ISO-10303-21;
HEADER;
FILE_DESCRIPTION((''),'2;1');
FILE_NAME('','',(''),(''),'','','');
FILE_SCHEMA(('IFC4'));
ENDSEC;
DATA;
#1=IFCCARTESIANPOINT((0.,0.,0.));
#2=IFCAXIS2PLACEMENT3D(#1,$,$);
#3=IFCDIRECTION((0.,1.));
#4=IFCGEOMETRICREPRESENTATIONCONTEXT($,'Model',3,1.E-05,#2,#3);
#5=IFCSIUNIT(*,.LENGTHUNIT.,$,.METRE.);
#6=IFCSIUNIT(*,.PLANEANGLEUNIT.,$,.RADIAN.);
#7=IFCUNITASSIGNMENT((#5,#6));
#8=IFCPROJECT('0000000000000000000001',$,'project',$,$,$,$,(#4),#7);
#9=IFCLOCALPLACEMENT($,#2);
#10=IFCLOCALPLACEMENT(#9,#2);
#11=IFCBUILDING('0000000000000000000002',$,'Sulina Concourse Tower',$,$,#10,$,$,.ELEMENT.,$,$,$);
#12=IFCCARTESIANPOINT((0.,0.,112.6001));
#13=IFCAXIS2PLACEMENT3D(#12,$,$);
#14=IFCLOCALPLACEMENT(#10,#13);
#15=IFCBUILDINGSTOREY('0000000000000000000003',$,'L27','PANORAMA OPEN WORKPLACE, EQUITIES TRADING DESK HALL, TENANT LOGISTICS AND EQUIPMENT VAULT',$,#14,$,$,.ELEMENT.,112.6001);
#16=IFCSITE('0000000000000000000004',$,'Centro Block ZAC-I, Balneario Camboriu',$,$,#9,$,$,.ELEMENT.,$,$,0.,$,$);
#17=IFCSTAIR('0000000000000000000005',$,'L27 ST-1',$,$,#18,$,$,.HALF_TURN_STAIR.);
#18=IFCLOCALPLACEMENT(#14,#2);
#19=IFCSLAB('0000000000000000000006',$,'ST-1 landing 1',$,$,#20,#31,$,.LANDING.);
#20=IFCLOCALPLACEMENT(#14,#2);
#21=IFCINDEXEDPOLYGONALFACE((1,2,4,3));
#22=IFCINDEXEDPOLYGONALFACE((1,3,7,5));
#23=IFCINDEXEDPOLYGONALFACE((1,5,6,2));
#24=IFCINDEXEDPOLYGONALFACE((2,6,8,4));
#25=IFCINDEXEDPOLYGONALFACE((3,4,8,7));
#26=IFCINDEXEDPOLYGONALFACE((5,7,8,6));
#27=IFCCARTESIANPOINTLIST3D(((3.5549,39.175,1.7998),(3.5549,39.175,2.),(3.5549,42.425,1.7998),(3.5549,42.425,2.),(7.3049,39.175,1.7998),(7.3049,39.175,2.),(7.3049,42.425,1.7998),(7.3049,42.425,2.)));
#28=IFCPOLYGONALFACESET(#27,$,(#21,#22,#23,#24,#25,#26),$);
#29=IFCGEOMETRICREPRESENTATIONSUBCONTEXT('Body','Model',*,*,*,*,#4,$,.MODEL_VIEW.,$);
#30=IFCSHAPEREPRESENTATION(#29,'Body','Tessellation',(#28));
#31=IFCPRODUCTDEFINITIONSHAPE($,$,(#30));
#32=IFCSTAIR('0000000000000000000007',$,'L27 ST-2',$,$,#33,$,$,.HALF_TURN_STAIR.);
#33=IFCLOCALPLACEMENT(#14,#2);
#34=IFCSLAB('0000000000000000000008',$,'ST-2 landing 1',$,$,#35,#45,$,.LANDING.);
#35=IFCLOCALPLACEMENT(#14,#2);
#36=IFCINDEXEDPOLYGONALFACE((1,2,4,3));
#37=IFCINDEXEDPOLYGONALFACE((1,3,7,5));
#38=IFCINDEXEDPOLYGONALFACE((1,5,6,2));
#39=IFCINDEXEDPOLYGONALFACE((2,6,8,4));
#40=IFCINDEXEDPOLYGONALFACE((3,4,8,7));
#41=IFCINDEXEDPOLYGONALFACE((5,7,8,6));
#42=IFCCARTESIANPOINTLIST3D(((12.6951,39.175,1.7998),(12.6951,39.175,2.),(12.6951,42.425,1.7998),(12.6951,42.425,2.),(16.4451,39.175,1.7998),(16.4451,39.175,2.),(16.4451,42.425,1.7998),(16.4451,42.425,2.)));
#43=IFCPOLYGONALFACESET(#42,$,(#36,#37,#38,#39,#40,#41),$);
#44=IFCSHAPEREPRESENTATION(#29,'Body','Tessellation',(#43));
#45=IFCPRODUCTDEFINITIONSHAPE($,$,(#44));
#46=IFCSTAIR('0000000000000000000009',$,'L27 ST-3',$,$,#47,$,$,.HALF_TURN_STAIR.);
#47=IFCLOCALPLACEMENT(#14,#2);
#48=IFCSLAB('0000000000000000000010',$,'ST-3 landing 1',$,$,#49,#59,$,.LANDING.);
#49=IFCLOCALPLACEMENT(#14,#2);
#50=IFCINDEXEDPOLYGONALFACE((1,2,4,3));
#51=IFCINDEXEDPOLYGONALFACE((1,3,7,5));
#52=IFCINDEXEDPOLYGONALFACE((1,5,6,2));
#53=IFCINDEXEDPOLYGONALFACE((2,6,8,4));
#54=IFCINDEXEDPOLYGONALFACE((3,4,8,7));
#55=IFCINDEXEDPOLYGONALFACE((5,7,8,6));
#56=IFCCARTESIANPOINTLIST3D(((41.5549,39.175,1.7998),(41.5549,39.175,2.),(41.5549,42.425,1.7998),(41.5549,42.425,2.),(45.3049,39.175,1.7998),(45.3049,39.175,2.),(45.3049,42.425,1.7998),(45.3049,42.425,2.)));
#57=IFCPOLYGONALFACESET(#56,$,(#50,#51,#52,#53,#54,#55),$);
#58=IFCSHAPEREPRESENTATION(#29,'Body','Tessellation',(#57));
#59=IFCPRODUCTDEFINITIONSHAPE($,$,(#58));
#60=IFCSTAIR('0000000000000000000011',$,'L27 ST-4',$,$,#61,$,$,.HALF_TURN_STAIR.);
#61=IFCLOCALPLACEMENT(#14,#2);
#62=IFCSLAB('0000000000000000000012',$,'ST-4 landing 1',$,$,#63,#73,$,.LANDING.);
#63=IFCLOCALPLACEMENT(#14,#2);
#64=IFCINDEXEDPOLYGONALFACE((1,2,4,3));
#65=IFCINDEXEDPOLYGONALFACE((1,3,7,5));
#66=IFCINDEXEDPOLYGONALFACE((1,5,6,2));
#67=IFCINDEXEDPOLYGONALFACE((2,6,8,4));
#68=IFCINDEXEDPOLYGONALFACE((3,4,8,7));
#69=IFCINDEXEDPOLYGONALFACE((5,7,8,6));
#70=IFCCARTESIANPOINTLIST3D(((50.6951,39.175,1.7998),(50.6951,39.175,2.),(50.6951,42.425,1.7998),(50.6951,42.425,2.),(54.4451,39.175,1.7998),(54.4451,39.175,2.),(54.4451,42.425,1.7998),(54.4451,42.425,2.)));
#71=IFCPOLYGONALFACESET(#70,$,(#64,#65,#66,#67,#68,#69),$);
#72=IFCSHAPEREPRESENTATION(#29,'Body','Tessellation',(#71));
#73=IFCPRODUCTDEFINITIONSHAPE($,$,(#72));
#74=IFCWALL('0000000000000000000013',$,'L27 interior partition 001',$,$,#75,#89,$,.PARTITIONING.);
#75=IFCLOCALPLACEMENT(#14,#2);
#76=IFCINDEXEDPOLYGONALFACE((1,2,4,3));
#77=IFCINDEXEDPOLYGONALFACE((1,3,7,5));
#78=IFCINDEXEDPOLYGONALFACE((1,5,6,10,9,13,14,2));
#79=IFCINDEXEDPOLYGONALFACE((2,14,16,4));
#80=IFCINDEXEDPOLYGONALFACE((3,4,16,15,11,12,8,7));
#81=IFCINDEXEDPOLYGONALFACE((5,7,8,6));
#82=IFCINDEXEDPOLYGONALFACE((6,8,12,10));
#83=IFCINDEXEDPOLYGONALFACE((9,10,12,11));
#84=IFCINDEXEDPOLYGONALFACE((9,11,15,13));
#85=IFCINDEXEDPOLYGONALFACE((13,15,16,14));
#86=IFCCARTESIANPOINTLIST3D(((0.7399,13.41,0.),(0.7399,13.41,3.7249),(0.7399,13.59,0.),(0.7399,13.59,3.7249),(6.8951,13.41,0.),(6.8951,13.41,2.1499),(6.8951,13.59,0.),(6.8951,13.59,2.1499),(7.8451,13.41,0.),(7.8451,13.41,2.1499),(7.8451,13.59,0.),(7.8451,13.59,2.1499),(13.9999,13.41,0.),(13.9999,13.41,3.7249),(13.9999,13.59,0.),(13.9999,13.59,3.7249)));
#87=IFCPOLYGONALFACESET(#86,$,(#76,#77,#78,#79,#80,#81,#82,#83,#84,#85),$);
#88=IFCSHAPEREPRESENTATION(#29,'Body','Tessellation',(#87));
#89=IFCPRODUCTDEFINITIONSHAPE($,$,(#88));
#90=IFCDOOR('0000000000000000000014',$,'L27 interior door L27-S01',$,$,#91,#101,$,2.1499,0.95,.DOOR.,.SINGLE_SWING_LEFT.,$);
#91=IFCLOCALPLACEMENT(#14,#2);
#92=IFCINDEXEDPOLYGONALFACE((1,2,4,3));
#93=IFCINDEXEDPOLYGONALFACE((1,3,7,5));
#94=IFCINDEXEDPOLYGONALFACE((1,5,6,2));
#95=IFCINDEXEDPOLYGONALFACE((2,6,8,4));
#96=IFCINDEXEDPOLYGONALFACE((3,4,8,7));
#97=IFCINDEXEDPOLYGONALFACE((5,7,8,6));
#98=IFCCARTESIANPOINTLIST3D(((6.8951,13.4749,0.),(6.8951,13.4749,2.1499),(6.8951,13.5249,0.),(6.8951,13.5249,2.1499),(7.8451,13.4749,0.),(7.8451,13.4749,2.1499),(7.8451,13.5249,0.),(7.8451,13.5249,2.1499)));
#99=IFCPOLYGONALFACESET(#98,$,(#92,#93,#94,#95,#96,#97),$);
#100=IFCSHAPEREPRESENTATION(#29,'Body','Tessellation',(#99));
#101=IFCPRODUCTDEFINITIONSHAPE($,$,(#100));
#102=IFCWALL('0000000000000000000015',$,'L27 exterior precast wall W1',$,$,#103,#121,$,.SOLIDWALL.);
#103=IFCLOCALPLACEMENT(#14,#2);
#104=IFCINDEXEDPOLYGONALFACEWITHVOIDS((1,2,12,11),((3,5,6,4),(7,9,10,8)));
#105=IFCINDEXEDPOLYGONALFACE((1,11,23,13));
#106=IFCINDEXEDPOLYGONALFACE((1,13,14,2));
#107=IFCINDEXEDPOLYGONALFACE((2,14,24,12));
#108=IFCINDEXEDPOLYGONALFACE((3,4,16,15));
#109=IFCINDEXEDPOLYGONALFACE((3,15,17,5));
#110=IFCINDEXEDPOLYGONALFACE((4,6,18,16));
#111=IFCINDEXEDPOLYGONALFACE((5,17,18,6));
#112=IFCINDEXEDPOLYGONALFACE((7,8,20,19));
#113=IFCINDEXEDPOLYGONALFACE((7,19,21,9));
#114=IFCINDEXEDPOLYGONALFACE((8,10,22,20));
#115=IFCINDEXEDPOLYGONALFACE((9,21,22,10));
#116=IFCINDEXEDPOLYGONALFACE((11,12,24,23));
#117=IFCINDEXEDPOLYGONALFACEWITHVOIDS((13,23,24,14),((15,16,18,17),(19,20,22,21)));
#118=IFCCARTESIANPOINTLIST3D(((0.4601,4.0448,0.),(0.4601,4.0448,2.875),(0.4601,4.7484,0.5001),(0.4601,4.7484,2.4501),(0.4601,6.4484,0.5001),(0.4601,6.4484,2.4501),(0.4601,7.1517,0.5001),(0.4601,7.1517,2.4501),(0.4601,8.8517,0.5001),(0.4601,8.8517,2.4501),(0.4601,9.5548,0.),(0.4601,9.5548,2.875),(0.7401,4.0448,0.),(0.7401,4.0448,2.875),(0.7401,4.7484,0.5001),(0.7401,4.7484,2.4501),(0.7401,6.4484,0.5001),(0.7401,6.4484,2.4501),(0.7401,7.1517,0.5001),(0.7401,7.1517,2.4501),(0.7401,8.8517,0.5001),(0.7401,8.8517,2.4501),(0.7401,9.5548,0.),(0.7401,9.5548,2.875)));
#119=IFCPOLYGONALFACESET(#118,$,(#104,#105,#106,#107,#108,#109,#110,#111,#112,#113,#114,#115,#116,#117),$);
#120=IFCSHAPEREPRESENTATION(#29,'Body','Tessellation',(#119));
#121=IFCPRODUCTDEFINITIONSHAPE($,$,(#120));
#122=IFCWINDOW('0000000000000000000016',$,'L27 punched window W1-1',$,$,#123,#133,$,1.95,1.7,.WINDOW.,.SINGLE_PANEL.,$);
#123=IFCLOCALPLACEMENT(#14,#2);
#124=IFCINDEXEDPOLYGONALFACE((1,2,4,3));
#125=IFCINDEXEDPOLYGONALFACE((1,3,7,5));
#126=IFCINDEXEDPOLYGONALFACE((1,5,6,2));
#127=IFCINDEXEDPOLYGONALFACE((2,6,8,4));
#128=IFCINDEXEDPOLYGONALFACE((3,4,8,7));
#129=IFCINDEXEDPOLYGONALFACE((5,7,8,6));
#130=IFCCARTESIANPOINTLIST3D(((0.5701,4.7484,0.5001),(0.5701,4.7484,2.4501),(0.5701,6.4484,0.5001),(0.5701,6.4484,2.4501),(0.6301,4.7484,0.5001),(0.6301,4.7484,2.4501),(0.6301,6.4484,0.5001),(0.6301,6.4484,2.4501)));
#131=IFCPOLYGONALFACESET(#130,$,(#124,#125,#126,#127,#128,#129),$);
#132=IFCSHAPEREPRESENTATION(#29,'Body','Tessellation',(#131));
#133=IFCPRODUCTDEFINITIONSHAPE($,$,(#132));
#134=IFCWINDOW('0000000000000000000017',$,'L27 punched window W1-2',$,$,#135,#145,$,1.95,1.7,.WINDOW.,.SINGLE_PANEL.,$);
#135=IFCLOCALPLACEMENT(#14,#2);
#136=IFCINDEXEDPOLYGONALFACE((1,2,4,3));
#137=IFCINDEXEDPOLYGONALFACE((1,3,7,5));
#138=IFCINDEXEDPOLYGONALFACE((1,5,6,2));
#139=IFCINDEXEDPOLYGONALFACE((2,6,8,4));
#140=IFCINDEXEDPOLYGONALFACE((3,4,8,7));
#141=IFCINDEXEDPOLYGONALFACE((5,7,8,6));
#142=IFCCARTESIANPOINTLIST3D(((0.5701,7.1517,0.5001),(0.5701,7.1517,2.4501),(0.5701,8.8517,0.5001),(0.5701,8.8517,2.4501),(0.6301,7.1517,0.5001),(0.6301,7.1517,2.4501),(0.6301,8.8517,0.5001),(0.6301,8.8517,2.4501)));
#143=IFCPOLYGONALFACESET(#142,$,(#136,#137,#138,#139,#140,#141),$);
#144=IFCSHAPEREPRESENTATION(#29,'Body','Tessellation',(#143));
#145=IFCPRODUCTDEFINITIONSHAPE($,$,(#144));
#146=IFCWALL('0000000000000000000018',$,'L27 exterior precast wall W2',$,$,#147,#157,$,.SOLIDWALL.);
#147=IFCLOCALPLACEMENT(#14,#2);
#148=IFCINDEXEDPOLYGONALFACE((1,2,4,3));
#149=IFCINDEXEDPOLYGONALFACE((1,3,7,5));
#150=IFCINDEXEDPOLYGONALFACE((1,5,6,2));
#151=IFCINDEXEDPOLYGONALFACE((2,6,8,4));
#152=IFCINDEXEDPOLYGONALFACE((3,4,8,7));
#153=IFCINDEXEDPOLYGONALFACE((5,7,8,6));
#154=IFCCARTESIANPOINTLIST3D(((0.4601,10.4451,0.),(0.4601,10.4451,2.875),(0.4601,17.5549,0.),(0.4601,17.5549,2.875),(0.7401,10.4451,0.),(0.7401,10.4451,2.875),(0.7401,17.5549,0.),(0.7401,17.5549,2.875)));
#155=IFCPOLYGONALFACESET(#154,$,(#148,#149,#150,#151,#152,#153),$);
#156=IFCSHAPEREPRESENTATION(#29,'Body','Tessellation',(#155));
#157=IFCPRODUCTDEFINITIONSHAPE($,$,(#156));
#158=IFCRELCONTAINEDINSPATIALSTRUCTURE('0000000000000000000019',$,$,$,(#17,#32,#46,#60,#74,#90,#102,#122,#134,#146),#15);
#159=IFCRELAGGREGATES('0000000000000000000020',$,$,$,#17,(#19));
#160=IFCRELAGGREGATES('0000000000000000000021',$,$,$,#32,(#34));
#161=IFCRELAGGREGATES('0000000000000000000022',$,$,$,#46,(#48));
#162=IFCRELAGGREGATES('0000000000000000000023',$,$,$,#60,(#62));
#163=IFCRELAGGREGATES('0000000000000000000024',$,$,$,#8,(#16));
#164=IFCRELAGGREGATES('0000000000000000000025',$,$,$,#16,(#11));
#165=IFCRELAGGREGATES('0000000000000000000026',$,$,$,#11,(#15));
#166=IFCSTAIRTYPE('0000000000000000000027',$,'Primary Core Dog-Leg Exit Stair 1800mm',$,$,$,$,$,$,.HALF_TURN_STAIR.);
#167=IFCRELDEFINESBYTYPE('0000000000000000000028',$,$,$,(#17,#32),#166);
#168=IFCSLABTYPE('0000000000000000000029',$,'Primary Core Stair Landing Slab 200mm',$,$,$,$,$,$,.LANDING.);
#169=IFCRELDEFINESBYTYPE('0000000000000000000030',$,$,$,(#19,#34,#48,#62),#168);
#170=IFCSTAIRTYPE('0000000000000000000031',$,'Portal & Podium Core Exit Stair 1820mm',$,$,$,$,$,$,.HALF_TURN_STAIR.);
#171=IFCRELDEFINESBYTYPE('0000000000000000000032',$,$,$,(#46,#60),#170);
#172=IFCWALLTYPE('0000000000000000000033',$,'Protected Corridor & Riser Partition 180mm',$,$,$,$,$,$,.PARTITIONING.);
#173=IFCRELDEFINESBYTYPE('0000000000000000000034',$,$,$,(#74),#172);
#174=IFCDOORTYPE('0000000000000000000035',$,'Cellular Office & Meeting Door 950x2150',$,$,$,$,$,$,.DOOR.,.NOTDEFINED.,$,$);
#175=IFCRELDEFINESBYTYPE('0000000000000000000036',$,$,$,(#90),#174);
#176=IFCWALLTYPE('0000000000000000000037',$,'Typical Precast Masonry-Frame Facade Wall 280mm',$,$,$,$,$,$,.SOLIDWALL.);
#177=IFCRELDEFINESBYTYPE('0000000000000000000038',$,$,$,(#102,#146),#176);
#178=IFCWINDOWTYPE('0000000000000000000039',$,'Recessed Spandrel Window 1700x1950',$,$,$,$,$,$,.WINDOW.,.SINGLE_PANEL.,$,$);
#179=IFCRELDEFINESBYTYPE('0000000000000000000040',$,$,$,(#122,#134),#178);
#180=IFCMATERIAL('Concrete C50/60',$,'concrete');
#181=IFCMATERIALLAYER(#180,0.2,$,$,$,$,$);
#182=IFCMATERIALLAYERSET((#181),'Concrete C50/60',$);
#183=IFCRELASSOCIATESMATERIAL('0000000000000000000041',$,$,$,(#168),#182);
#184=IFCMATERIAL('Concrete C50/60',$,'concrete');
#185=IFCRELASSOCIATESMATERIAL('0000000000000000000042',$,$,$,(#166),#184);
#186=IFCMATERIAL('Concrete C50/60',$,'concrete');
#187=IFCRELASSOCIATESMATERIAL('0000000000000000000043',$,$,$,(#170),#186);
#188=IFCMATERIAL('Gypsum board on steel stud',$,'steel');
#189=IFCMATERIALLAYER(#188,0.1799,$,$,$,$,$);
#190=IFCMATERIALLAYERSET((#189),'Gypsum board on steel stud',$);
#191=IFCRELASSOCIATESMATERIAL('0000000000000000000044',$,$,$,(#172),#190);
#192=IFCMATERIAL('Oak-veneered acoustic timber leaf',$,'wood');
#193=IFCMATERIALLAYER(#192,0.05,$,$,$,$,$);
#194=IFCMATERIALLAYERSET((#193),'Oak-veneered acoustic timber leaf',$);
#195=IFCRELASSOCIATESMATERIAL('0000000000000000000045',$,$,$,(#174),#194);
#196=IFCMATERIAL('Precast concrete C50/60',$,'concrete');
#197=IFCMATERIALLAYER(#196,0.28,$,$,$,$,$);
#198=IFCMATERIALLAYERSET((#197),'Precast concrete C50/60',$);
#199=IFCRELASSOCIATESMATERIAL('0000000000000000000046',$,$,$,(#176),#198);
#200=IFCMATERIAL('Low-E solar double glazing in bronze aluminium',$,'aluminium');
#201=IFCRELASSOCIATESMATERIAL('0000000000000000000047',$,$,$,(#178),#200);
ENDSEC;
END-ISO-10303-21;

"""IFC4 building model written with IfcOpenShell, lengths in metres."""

from ifc_helpers import new_model, si_unit, direction, frame, frame_2d, origin, place, context, subcontext, project, spatial, polyline, rectangle, outline, extrude, material, layer, layer_set, type_object, element, fill, aggregate, save


model = new_model("IFC4")

# Units and contexts
model_context = context("Model", 3, precision=1e-05, world=origin(), true_north=direction((0.0, 1.0)))
body_context = subcontext(model_context, "Body", "Model", "MODEL_VIEW")
ifc_project = project(units=[si_unit("LENGTHUNIT", "METRE"), si_unit("PLANEANGLEUNIT", "RADIAN")], contexts=[model_context])

# Site, building, storey
site_placement = place(None, origin())
site = spatial("IfcSite", under=ifc_project, at=site_placement, Name="Centro Block ZAC-I, Balneario Camboriu", CompositionType="ELEMENT", RefElevation=0.0)
building_placement = place(site_placement, origin())
building = spatial("IfcBuilding", under=site, at=building_placement, Name="Sulina Concourse Tower", CompositionType="ELEMENT")
storey_placement = place(building_placement, frame((0.0, 0.0, 112.6001)))
storey = spatial("IfcBuildingStorey", under=building, at=storey_placement, Name="L27", Description="PANORAMA OPEN WORKPLACE, EQUITIES TRADING DESK HALL, TENANT LOGISTICS AND EQUIPMENT VAULT", CompositionType="ELEMENT", Elevation=112.6001)

# Shared definitions
ifc_material_1 = material(Name="Concrete C50/60", Category="concrete")
ifc_layer_1 = layer(ifc_material_1, 0.2)
ifc_layer_set_1 = layer_set([ifc_layer_1], Name="Concrete C50/60")
slab_type_1 = type_object("IfcSlabType", Name="Primary Core Stair Landing Slab 200mm", PredefinedType="LANDING", material=ifc_layer_set_1)

# Stairs, slabs
ifc_material_2 = material(Name="Concrete C50/60", Category="concrete")
stair_type_1 = type_object("IfcStairType", Name="Primary Core Dog-Leg Exit Stair 1800mm", PredefinedType="HALF_TURN_STAIR", material=ifc_material_2)
stair_1_placement = place(storey_placement, origin())
stair_1 = element("IfcStair", 1, at=stair_1_placement, inside=storey, type_object=stair_type_1, Name="L27 ST-1", PredefinedType="HALF_TURN_STAIR")
slab_1_placement = place(storey_placement, frame((0.0, 0.0, 1.7998)))
slab_1 = element("IfcSlab", 2, at=slab_1_placement, type_object=slab_type_1, Name="ST-1 landing 1", PredefinedType="LANDING", context=body_context, shape_type="SweptSolid", body=[
    extrude(outline(polyline([(7.3049, 39.175), (7.3049, 42.425), (3.5549, 42.425), (3.5549, 39.175), (7.3049, 39.175)])), origin(), (0.0, 0.0, 1.0), 0.2002),
])
aggregate(stair_1, [slab_1])
stair_2_placement = place(storey_placement, origin())
stair_2 = element("IfcStair", 3, at=stair_2_placement, inside=storey, type_object=stair_type_1, Name="L27 ST-2", PredefinedType="HALF_TURN_STAIR")
slab_2_placement = place(storey_placement, frame((0.0, 0.0, 1.7998)))
slab_2 = element("IfcSlab", 4, at=slab_2_placement, type_object=slab_type_1, Name="ST-2 landing 1", PredefinedType="LANDING", context=body_context, shape_type="SweptSolid", body=[
    extrude(outline(polyline([(16.4451, 39.175), (16.4451, 42.425), (12.6951, 42.425), (12.6951, 39.175), (16.4451, 39.175)])), origin(), (0.0, 0.0, 1.0), 0.2002),
])
aggregate(stair_2, [slab_2])
ifc_material_3 = material(Name="Concrete C50/60", Category="concrete")
stair_type_2 = type_object("IfcStairType", Name="Portal & Podium Core Exit Stair 1820mm", PredefinedType="HALF_TURN_STAIR", material=ifc_material_3)
stair_3_placement = place(storey_placement, origin())
stair_3 = element("IfcStair", 5, at=stair_3_placement, inside=storey, type_object=stair_type_2, Name="L27 ST-3", PredefinedType="HALF_TURN_STAIR")
slab_3_placement = place(storey_placement, frame((0.0, 0.0, 1.7998)))
slab_3 = element("IfcSlab", 6, at=slab_3_placement, type_object=slab_type_1, Name="ST-3 landing 1", PredefinedType="LANDING", context=body_context, shape_type="SweptSolid", body=[
    extrude(outline(polyline([(45.3049, 39.175), (45.3049, 42.425), (41.5549, 42.425), (41.5549, 39.175), (45.3049, 39.175)])), origin(), (0.0, 0.0, 1.0), 0.2002),
])
aggregate(stair_3, [slab_3])
stair_4_placement = place(storey_placement, origin())
stair_4 = element("IfcStair", 7, at=stair_4_placement, inside=storey, type_object=stair_type_2, Name="L27 ST-4", PredefinedType="HALF_TURN_STAIR")
slab_4_placement = place(storey_placement, frame((0.0, 0.0, 1.7998)))
slab_4 = element("IfcSlab", 8, at=slab_4_placement, type_object=slab_type_1, Name="ST-4 landing 1", PredefinedType="LANDING", context=body_context, shape_type="SweptSolid", body=[
    extrude(outline(polyline([(54.4451, 39.175), (54.4451, 42.425), (50.6951, 42.425), (50.6951, 39.175), (54.4451, 39.175)])), origin(), (0.0, 0.0, 1.0), 0.2002),
])
aggregate(stair_4, [slab_4])

# Wall, opening, door
ifc_material_4 = material(Name="Gypsum board on steel stud", Category="steel")
ifc_layer_2 = layer(ifc_material_4, 0.1799)
ifc_layer_set_2 = layer_set([ifc_layer_2], Name="Gypsum board on steel stud")
wall_type_1 = type_object("IfcWallType", Name="Protected Corridor & Riser Partition 180mm", PredefinedType="PARTITIONING", material=ifc_layer_set_2)
wall_1_placement = place(storey_placement, frame((0.74, 13.5, 0.0), z_axis=(0.0, 0.0, 1.0), x_axis=(1.0, 0.0, 0.0)))
wall_1 = element("IfcWall", 9, at=wall_1_placement, inside=storey, type_object=wall_type_1, Name="L27 interior partition 001", PredefinedType="PARTITIONING", context=body_context, shape_type="SweptSolid", body=[
    extrude(rectangle(XDim=13.26, YDim=0.1799, at=frame_2d((6.6299, 0.0))), origin(), (0.0, 0.0, 1.0), 3.7249),
])
opening_1_placement = place(wall_1_placement, frame((6.155, 0.0, 0.0)))
opening_1 = element("IfcOpeningElement", 10, at=opening_1_placement, cuts=wall_1, PredefinedType="OPENING", context=body_context, shape_type="SweptSolid", body=[
    extrude(rectangle(XDim=0.95, YDim=2.1499, at=frame_2d((0.4751, 1.075))), frame((0.0, 0.0999, 0.0), z_axis=(0.0, -1.0, 0.0), x_axis=(1.0, 0.0, 0.0)), (0.0, 0.0, 1.0), 0.2),
])
ifc_material_5 = material(Name="Oak-veneered acoustic timber leaf", Category="wood")
ifc_layer_3 = layer(ifc_material_5, 0.05)
ifc_layer_set_3 = layer_set([ifc_layer_3], Name="Oak-veneered acoustic timber leaf")
door_type = type_object("IfcDoorType", Name="Cellular Office & Meeting Door 950x2150", OperationType="NOTDEFINED", PredefinedType="DOOR", material=ifc_layer_set_3)
door_placement = place(opening_1_placement, origin())
door = element("IfcDoor", 11, at=door_placement, inside=storey, type_object=door_type, Name="L27 interior door L27-S01", OperationType="SINGLE_SWING_LEFT", OverallHeight=2.1499, OverallWidth=0.95, PredefinedType="DOOR", context=body_context, shape_type="SweptSolid", body=[
    extrude(rectangle(XDim=0.95, YDim=2.1499, at=frame_2d((0.4751, 1.075))), frame((0.0, 0.0249, 0.0), z_axis=(0.0, -1.0, 0.0), x_axis=(1.0, 0.0, 0.0)), (0.0, 0.0, 1.0), 0.05),
])
fill(opening_1, door)

# Wall, openings, windows
ifc_material_6 = material(Name="Precast concrete C50/60", Category="concrete")
ifc_layer_4 = layer(ifc_material_6, 0.28)
ifc_layer_set_4 = layer_set([ifc_layer_4], Name="Precast concrete C50/60")
wall_type_2 = type_object("IfcWallType", Name="Typical Precast Masonry-Frame Facade Wall 280mm", PredefinedType="SOLIDWALL", material=ifc_layer_set_4)
wall_2_placement = place(storey_placement, frame((0.6001, 4.0449, 0.0), z_axis=(0.0, 0.0, 1.0), x_axis=(0.0, 1.0, 0.0)))
wall_2 = element("IfcWall", 12, at=wall_2_placement, inside=storey, type_object=wall_type_2, Name="L27 exterior precast wall W1", PredefinedType="SOLIDWALL", context=body_context, shape_type="SweptSolid", body=[
    extrude(rectangle(XDim=5.51, YDim=0.28, at=frame_2d((2.7549, 0.0))), origin(), (0.0, 0.0, 1.0), 2.875),
])
opening_2_placement = place(wall_2_placement, frame((0.7034, 0.0, 0.5)))
opening_2 = element("IfcOpeningElement", 13, at=opening_2_placement, cuts=wall_2, PredefinedType="OPENING", context=body_context, shape_type="SweptSolid", body=[
    extrude(rectangle(XDim=1.7, YDim=1.95, at=frame_2d((0.8501, 0.9751))), frame((0.0, 0.1499, 0.0), z_axis=(0.0, -1.0, 0.0), x_axis=(1.0, 0.0, 0.0)), (0.0, 0.0, 1.0), 0.3),
])
opening_3_placement = place(wall_2_placement, frame((3.1067, 0.0, 0.5)))
opening_3 = element("IfcOpeningElement", 14, at=opening_3_placement, cuts=wall_2, PredefinedType="OPENING", context=body_context, shape_type="SweptSolid", body=[
    extrude(rectangle(XDim=1.7, YDim=1.95, at=frame_2d((0.8501, 0.9751))), frame((0.0, 0.1499, 0.0), z_axis=(0.0, -1.0, 0.0), x_axis=(1.0, 0.0, 0.0)), (0.0, 0.0, 1.0), 0.3),
])
ifc_material_7 = material(Name="Low-E solar double glazing in bronze aluminium", Category="aluminium")
window_type = type_object("IfcWindowType", Name="Recessed Spandrel Window 1700x1950", PartitioningType="SINGLE_PANEL", PredefinedType="WINDOW", material=ifc_material_7)
window_1_placement = place(opening_2_placement, origin())
window_1 = element("IfcWindow", 15, at=window_1_placement, inside=storey, type_object=window_type, Name="L27 punched window W1-1", OverallHeight=1.95, OverallWidth=1.7, PartitioningType="SINGLE_PANEL", PredefinedType="WINDOW", context=body_context, shape_type="SweptSolid", body=[
    extrude(rectangle(XDim=1.7, YDim=1.95, at=frame_2d((0.8501, 0.9751))), frame((0.0, 0.03, 0.0), z_axis=(0.0, -1.0, 0.0), x_axis=(1.0, 0.0, 0.0)), (0.0, 0.0, 1.0), 0.0601),
])
fill(opening_2, window_1)
window_2_placement = place(opening_3_placement, origin())
window_2 = element("IfcWindow", 16, at=window_2_placement, inside=storey, type_object=window_type, Name="L27 punched window W1-2", OverallHeight=1.95, OverallWidth=1.7, PartitioningType="SINGLE_PANEL", PredefinedType="WINDOW", context=body_context, shape_type="SweptSolid", body=[
    extrude(rectangle(XDim=1.7, YDim=1.95, at=frame_2d((0.8501, 0.9751))), frame((0.0, 0.03, 0.0), z_axis=(0.0, -1.0, 0.0), x_axis=(1.0, 0.0, 0.0)), (0.0, 0.0, 1.0), 0.0601),
])
fill(opening_3, window_2)

# Wall
wall_3_placement = place(storey_placement, frame((0.6001, 10.4451, 0.0), z_axis=(0.0, 0.0, 1.0), x_axis=(0.0, 1.0, 0.0)))
element("IfcWall", 17, at=wall_3_placement, inside=storey, type_object=wall_type_2, Name="L27 exterior precast wall W2", PredefinedType="SOLIDWALL", context=body_context, shape_type="SweptSolid", body=[
    extrude(rectangle(XDim=7.1099, YDim=0.28, at=frame_2d((3.5549, 0.0))), origin(), (0.0, 0.0, 1.0), 2.875),
])

save(model, "model.ifc")
